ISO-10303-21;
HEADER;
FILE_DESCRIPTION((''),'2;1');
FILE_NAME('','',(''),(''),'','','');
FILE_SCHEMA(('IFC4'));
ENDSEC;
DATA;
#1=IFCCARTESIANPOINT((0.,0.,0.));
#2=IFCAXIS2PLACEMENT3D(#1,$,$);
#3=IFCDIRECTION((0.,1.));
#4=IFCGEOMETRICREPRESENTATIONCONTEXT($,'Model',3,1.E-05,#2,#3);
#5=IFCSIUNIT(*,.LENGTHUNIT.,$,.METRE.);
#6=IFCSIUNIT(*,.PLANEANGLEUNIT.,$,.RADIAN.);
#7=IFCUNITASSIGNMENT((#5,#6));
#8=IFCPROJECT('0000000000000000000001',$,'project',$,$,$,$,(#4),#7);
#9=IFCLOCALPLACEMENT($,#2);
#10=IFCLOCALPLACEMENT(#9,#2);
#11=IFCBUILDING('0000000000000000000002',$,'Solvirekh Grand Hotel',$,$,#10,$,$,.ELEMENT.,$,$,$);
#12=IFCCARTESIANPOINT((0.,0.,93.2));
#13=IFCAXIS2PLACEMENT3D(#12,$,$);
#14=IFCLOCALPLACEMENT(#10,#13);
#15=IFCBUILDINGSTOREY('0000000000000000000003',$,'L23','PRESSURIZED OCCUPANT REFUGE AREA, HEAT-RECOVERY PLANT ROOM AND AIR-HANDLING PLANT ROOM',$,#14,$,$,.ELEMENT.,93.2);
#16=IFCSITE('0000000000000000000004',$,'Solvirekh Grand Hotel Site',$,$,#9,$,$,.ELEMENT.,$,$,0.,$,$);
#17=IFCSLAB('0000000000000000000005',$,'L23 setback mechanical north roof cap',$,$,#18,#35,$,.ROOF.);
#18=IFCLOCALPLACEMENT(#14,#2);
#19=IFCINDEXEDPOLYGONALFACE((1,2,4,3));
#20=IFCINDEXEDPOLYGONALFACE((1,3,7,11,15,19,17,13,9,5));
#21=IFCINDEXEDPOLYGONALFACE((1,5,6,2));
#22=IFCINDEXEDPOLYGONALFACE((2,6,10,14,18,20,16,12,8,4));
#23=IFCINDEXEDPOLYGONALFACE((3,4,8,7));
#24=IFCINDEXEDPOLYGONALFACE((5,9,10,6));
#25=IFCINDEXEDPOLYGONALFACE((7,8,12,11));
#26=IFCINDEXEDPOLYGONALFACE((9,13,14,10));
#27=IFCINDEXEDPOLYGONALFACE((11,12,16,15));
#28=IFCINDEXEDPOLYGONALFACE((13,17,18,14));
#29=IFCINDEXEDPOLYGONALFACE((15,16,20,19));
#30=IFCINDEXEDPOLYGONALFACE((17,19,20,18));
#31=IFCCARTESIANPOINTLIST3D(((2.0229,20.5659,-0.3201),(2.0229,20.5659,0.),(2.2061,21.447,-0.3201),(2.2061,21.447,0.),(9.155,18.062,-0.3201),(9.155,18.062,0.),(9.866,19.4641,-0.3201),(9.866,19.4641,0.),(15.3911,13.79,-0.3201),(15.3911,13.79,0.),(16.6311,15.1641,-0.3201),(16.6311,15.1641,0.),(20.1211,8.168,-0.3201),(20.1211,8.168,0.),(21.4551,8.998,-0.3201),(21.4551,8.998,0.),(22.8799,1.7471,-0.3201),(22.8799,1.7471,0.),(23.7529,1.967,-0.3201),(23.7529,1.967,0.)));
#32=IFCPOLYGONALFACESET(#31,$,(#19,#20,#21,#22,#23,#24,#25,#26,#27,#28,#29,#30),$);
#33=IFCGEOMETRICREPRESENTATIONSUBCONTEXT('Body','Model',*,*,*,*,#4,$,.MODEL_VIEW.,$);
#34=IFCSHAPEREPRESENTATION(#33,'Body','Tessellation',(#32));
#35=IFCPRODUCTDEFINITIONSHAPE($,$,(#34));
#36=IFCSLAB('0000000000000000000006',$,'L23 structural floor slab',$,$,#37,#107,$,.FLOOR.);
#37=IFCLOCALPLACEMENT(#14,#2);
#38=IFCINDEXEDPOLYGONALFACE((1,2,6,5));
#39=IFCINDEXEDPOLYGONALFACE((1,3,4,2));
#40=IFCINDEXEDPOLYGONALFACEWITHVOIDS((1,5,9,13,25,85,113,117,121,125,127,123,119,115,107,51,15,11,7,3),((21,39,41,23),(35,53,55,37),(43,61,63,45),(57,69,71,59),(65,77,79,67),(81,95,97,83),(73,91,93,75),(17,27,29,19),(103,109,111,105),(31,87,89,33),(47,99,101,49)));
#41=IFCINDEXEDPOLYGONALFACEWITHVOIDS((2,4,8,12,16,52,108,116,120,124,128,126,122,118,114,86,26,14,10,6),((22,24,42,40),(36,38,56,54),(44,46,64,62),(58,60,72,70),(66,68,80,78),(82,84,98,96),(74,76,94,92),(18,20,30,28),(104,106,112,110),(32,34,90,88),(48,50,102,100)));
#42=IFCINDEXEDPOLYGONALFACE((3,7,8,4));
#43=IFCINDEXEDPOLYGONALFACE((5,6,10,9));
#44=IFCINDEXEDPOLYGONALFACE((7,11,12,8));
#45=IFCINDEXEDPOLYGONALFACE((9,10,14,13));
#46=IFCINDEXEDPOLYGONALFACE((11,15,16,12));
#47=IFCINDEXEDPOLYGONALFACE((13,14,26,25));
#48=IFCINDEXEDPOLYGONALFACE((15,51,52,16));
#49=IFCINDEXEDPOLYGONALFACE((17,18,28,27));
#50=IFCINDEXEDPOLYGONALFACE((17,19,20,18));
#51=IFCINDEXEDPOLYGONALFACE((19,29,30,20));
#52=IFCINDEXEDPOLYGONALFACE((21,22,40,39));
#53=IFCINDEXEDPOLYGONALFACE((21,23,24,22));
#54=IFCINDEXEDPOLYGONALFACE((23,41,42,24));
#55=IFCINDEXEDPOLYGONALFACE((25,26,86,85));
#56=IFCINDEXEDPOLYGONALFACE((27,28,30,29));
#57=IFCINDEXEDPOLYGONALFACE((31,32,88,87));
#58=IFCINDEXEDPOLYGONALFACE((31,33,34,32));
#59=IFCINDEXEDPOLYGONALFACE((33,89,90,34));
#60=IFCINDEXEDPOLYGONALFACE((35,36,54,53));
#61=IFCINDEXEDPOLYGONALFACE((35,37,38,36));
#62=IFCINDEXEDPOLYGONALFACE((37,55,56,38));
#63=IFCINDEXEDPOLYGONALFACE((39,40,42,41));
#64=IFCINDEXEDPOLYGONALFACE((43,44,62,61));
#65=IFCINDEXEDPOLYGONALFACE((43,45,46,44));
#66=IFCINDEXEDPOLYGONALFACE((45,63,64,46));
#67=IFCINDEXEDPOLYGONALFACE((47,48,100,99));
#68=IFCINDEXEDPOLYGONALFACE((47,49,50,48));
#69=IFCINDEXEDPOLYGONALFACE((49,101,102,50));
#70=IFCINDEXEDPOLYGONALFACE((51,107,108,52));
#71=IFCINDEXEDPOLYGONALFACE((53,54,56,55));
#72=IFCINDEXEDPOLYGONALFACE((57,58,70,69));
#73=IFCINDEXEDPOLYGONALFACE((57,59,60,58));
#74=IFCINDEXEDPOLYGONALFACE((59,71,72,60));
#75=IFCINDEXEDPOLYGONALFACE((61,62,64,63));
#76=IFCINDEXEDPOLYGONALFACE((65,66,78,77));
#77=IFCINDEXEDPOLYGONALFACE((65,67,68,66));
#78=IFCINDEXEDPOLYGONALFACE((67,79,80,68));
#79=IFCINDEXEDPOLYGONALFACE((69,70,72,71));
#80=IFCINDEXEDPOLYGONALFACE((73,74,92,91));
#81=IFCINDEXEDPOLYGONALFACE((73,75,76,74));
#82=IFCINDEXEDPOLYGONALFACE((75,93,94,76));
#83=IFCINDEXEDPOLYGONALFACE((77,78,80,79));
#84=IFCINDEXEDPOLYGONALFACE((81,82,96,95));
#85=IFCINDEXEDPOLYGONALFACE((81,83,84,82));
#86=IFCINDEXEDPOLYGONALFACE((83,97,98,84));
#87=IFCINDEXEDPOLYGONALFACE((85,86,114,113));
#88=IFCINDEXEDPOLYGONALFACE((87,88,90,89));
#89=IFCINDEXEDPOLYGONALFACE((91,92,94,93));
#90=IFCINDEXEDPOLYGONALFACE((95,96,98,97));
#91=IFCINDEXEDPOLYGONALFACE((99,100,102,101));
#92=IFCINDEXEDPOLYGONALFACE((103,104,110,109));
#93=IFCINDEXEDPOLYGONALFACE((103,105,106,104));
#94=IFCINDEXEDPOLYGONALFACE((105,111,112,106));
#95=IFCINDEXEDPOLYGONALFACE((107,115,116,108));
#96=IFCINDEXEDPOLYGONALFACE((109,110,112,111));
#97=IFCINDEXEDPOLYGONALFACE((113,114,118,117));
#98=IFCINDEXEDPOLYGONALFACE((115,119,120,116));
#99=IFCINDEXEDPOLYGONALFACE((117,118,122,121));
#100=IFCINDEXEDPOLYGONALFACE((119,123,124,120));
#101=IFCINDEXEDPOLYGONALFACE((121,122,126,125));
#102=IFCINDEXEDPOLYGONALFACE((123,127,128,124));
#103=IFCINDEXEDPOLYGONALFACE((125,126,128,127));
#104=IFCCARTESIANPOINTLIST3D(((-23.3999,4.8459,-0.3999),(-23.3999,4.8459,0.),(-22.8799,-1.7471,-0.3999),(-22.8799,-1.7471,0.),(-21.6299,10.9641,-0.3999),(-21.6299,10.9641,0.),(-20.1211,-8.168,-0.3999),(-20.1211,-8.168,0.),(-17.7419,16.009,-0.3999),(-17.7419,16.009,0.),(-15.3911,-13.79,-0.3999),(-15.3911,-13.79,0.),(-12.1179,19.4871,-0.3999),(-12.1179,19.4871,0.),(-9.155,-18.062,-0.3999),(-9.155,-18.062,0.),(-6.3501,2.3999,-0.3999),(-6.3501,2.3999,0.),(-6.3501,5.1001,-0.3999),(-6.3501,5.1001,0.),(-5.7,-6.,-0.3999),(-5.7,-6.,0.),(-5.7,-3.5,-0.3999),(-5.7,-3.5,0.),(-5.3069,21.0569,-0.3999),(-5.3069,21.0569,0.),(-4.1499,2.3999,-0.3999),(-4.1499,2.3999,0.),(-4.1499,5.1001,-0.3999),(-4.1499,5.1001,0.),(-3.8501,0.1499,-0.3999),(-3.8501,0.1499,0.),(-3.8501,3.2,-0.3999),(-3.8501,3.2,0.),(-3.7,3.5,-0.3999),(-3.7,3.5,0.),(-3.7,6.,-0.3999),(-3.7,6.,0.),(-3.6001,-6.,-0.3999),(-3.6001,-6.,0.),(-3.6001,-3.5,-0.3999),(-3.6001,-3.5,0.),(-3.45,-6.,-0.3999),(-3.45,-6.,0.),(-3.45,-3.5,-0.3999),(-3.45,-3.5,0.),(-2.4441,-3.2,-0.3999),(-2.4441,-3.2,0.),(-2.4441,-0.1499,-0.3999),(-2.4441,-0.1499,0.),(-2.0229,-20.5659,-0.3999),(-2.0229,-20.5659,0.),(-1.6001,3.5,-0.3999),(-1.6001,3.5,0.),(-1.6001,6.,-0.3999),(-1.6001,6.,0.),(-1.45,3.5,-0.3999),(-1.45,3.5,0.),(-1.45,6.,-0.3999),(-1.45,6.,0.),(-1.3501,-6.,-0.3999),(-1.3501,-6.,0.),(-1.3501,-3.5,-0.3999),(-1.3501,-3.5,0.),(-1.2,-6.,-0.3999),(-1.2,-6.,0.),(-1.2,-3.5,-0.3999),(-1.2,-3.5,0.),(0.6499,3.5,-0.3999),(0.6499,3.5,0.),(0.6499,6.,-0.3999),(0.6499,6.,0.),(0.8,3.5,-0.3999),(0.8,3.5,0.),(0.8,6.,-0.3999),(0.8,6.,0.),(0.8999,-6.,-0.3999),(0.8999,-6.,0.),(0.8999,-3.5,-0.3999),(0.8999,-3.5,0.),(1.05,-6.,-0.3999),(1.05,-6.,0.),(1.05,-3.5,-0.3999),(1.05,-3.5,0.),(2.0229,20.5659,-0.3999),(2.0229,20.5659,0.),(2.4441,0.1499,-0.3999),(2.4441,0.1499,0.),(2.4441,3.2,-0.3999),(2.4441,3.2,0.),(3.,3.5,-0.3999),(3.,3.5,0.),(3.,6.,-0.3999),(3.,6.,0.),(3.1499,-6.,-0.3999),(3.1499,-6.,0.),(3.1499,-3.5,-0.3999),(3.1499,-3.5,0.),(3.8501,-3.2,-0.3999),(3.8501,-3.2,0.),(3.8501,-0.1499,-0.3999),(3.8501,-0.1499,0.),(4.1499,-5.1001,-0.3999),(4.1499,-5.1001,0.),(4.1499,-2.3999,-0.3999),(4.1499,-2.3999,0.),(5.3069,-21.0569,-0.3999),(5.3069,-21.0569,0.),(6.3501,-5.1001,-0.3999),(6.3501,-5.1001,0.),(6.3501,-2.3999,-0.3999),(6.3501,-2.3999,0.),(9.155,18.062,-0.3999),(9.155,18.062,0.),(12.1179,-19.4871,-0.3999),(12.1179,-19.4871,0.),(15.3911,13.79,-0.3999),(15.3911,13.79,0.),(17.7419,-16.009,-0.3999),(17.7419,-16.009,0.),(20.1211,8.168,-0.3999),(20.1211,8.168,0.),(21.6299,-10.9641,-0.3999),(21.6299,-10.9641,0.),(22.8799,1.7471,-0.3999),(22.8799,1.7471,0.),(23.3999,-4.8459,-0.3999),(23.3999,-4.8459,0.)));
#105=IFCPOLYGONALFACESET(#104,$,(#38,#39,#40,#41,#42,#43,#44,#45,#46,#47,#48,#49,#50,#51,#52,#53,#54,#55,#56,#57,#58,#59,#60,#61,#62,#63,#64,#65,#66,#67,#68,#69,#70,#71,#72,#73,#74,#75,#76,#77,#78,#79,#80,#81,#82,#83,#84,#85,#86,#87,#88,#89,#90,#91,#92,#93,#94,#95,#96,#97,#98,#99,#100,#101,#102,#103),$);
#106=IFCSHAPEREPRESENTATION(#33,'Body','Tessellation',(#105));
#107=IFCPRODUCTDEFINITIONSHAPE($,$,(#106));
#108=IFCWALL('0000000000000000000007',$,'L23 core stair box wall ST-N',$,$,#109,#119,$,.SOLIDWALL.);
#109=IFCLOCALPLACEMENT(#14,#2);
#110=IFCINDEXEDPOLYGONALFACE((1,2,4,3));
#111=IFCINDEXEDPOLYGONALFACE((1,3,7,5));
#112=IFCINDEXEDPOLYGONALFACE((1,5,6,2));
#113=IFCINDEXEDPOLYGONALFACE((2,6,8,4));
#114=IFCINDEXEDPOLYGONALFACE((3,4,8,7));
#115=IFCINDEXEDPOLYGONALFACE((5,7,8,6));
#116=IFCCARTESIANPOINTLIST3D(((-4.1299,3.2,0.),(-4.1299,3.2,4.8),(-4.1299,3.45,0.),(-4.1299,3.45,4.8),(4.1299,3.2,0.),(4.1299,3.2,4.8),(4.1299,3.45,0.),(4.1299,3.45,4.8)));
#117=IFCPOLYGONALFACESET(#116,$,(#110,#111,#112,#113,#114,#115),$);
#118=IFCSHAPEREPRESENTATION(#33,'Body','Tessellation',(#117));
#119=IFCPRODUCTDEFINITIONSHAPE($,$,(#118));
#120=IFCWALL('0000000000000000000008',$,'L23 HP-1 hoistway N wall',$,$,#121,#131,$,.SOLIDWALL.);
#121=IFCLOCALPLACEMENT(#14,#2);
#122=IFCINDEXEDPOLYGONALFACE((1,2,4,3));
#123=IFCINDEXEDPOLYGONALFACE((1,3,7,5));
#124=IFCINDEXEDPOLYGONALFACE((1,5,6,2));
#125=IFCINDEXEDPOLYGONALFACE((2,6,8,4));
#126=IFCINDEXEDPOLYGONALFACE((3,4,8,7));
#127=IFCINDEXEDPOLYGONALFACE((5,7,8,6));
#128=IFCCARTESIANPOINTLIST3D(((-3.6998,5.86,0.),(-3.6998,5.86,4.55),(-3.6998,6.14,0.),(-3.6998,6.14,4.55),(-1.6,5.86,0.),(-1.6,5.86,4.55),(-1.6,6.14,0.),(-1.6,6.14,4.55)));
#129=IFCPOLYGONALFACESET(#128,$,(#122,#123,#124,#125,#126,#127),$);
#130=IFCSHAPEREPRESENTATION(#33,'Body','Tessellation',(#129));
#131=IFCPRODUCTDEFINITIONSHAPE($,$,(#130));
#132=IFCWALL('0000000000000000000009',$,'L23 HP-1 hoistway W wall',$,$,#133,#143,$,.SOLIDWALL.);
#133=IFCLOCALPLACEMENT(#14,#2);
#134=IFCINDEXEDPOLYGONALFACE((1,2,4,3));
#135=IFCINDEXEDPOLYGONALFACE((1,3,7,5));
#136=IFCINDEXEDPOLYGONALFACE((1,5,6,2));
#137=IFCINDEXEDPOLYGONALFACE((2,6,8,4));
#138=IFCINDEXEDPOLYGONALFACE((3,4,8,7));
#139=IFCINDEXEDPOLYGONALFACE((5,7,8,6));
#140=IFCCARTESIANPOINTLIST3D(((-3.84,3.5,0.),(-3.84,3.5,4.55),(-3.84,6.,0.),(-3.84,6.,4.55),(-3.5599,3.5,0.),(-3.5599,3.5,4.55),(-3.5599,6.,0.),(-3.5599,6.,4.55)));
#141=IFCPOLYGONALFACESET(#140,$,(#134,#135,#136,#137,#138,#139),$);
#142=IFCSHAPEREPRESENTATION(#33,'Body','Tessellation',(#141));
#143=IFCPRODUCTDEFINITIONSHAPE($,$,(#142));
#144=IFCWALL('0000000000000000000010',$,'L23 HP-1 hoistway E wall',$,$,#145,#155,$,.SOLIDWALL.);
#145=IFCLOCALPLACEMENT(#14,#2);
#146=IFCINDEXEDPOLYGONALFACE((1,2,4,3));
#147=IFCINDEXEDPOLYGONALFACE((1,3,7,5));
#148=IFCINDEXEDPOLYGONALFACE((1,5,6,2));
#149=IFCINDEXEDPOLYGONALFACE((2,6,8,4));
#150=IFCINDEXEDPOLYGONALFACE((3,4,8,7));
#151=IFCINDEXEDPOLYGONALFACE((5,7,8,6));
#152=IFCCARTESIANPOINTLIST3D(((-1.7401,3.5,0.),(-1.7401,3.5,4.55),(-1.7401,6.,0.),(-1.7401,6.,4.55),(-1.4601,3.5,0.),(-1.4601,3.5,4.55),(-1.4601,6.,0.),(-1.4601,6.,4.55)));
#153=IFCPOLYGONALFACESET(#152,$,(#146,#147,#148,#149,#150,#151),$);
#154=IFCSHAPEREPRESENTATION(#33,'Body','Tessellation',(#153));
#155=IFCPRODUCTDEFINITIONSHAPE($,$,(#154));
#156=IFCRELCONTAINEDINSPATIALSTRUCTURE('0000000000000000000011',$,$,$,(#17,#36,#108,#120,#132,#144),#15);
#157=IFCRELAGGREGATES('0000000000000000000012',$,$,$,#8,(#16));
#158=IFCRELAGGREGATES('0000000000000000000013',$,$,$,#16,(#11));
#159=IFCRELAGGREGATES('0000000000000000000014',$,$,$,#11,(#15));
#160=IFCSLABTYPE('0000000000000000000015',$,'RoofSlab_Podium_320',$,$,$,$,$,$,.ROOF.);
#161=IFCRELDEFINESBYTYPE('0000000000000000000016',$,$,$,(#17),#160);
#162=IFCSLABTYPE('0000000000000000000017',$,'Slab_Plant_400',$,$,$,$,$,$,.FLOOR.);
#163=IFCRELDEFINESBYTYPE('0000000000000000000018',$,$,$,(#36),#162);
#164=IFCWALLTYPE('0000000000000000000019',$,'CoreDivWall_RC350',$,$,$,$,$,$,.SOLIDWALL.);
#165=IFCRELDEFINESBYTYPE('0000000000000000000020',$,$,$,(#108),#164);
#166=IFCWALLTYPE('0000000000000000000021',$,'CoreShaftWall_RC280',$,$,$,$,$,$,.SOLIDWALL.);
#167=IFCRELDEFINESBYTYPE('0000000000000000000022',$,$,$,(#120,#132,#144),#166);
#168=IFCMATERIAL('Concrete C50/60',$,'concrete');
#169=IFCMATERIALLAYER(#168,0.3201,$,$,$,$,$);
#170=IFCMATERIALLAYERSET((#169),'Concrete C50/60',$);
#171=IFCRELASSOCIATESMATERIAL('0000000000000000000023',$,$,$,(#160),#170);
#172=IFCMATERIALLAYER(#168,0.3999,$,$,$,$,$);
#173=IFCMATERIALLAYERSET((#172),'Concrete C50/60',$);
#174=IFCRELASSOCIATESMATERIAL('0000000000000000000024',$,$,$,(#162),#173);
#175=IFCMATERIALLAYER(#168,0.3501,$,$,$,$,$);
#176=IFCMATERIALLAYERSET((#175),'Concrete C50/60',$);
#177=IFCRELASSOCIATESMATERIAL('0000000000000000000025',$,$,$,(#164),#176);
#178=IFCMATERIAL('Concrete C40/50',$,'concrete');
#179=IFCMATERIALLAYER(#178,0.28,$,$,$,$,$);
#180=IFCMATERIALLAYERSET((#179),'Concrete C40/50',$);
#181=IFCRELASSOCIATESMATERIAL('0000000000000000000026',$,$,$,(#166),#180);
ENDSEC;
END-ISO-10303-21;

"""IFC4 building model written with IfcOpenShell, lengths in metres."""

from ifc_helpers import new_model, si_unit, direction, frame, frame_2d, origin, place, context, subcontext, project, spatial, polyline, rectangle, outline, extrude, material, layer, layer_set, type_object, element, save


model = new_model("IFC4")

# Units and contexts
model_context = context("Model", 3, precision=1e-05, world=origin(), true_north=direction((0.0, 1.0)))
body_context = subcontext(model_context, "Body", "Model", "MODEL_VIEW")
ifc_project = project(units=[si_unit("LENGTHUNIT", "METRE"), si_unit("PLANEANGLEUNIT", "RADIAN")], contexts=[model_context])

# Site, building, storey
site_placement = place(None, origin())
site = spatial("IfcSite", under=ifc_project, at=site_placement, Name="Solvirekh Grand Hotel Site", CompositionType="ELEMENT", RefElevation=0.0)
building_placement = place(site_placement, origin())
building = spatial("IfcBuilding", under=site, at=building_placement, Name="Solvirekh Grand Hotel", CompositionType="ELEMENT")
storey_placement = place(building_placement, frame((0.0, 0.0, 93.2)))
storey = spatial("IfcBuildingStorey", under=building, at=storey_placement, Name="L23", Description="PRESSURIZED OCCUPANT REFUGE AREA, HEAT-RECOVERY PLANT ROOM AND AIR-HANDLING PLANT ROOM", CompositionType="ELEMENT", Elevation=93.2)

# Shared definitions
ifc_material_1 = material(Name="Concrete C50/60", Category="concrete")

# Slabs
ifc_layer_1 = layer(ifc_material_1, 0.3201)
ifc_layer_set_1 = layer_set([ifc_layer_1], Name="Concrete C50/60")
slab_type_1 = type_object("IfcSlabType", Name="RoofSlab_Podium_320", PredefinedType="ROOF", material=ifc_layer_set_1)
slab_1_placement = place(storey_placement, frame((0.0, 0.0, -0.3201)))
element("IfcSlab", 1, at=slab_1_placement, inside=storey, type_object=slab_type_1, Name="L23 setback mechanical north roof cap", PredefinedType="ROOF", context=body_context, shape_type="SweptSolid", body=[
    extrude(outline(polyline([(23.7529, 1.967), (21.4551, 8.998), (16.6311, 15.1641), (9.866, 19.4641), (2.2061, 21.447), (2.0229, 20.5659), (9.155, 18.062), (15.3911, 13.79), (20.1211, 8.168), (22.8799, 1.7471), (23.7529, 1.967)])), origin(), (0.0, 0.0, 1.0), 0.3201),
])
ifc_layer_2 = layer(ifc_material_1, 0.3999)
ifc_layer_set_2 = layer_set([ifc_layer_2], Name="Concrete C50/60")
slab_type_2 = type_object("IfcSlabType", Name="Slab_Plant_400", PredefinedType="FLOOR", material=ifc_layer_set_2)
slab_2_placement = place(storey_placement, frame((0.0, 0.0, -0.3999)))
element("IfcSlab", 2, at=slab_2_placement, inside=storey, type_object=slab_type_2, Name="L23 structural floor slab", PredefinedType="FLOOR", context=body_context, shape_type="SweptSolid", body=[
    extrude(outline(polyline([(21.6299, -10.9641), (23.3999, -4.8459), (22.8799, 1.7471), (20.1211, 8.168), (15.3911, 13.79), (9.155, 18.062), (2.0229, 20.5659), (-5.3069, 21.0569), (-12.1179, 19.4871), (-17.7419, 16.009), (-21.6299, 10.9641), (-23.3999, 4.8459), (-22.8799, -1.7471), (-20.1211, -8.168), (-15.3911, -13.79), (-9.155, -18.062), (-2.0229, -20.5659), (5.3069, -21.0569), (12.1179, -19.4871), (17.7419, -16.009), (21.6299, -10.9641)]), holes=[polyline([(-2.4441, -0.1499), (3.8501, -0.1499), (3.8501, -3.2), (-2.4441, -3.2), (-2.4441, -0.1499)]), polyline([(2.4441, 0.1499), (-3.8501, 0.1499), (-3.8501, 3.2), (2.4441, 3.2), (2.4441, 0.1499)]), polyline([(-5.7, -3.5), (-3.6001, -3.5), (-3.6001, -6.0), (-5.7, -6.0), (-5.7, -3.5)]), polyline([(-3.45, -3.5), (-1.3501, -3.5), (-1.3501, -6.0), (-3.45, -6.0), (-3.45, -3.5)]), polyline([(-1.2, -3.5), (0.8999, -3.5), (0.8999, -6.0), (-1.2, -6.0), (-1.2, -3.5)]), polyline([(1.05, -3.5), (3.1499, -3.5), (3.1499, -6.0), (1.05, -6.0), (1.05, -3.5)]), polyline([(-3.7, 6.0), (-1.6001, 6.0), (-1.6001, 3.5), (-3.7, 3.5), (-3.7, 6.0)]), polyline([(-1.45, 6.0), (0.6499, 6.0), (0.6499, 3.5), (-1.45, 3.5), (-1.45, 6.0)]), polyline([(0.8, 6.0), (3.0, 6.0), (3.0, 3.5), (0.8, 3.5), (0.8, 6.0)]), polyline([(-6.3501, 5.1001), (-4.1499, 5.1001), (-4.1499, 2.3999), (-6.3501, 2.3999), (-6.3501, 5.1001)]), polyline([(4.1499, -2.3999), (6.3501, -2.3999), (6.3501, -5.1001), (4.1499, -5.1001), (4.1499, -2.3999)])]), origin(), (0.0, 0.0, 1.0), 0.3999),
])

# Walls
ifc_layer_3 = layer(ifc_material_1, 0.3501)
ifc_layer_set_3 = layer_set([ifc_layer_3], Name="Concrete C50/60")
wall_type_1 = type_object("IfcWallType", Name="CoreDivWall_RC350", PredefinedType="SOLIDWALL", material=ifc_layer_set_3)
wall_1_placement = place(storey_placement, frame((-4.1299, 3.325, 0.0), z_axis=(0.0, 0.0, 1.0), x_axis=(1.0, 0.0, 0.0)))
element("IfcWall", 3, at=wall_1_placement, inside=storey, type_object=wall_type_1, Name="L23 core stair box wall ST-N", PredefinedType="SOLIDWALL", context=body_context, shape_type="SweptSolid", body=[
    extrude(rectangle(XDim=8.2598, YDim=0.25, at=frame_2d((4.1299, 0.0))), origin(), (0.0, 0.0, 1.0), 4.8),
])
ifc_material_2 = material(Name="Concrete C40/50", Category="concrete")
ifc_layer_4 = layer(ifc_material_2, 0.28)
ifc_layer_set_4 = layer_set([ifc_layer_4], Name="Concrete C40/50")
wall_type_2 = type_object("IfcWallType", Name="CoreShaftWall_RC280", PredefinedType="SOLIDWALL", material=ifc_layer_set_4)
wall_2_placement = place(storey_placement, frame((-1.6001, 6.0, 0.0), z_axis=(0.0, 0.0, 1.0), x_axis=(-1.0, 0.0, 0.0)))
element("IfcWall", 4, at=wall_2_placement, inside=storey, type_object=wall_type_2, Name="L23 HP-1 hoistway N wall", PredefinedType="SOLIDWALL", context=body_context, shape_type="SweptSolid", body=[
    extrude(rectangle(XDim=2.0999, YDim=0.28, at=frame_2d((1.0498, 0.0))), origin(), (0.0, 0.0, 1.0), 4.55),
])
for number, where, z_axis, x_axis, name in (
    (5, (-3.7, 6.0, 0.0), (0.0, 0.0, 1.0), (0.0, -1.0, 0.0), "L23 HP-1 hoistway W wall"),
    (6, (-1.6001, 3.5, 0.0), (0.0, 0.0, 1.0), (0.0, 1.0, 0.0), "L23 HP-1 hoistway E wall"),
):
    element("IfcWall", number, at=place(storey_placement, frame(where, z_axis=z_axis, x_axis=x_axis)), inside=storey, type_object=wall_type_2, Name=name, PredefinedType="SOLIDWALL", context=body_context, shape_type="SweptSolid", body=[
        extrude(rectangle(XDim=2.5, YDim=0.28, at=frame_2d((1.25, 0.0))), origin(), (0.0, 0.0, 1.0), 4.55),
    ])

save(model, "model.ifc")
